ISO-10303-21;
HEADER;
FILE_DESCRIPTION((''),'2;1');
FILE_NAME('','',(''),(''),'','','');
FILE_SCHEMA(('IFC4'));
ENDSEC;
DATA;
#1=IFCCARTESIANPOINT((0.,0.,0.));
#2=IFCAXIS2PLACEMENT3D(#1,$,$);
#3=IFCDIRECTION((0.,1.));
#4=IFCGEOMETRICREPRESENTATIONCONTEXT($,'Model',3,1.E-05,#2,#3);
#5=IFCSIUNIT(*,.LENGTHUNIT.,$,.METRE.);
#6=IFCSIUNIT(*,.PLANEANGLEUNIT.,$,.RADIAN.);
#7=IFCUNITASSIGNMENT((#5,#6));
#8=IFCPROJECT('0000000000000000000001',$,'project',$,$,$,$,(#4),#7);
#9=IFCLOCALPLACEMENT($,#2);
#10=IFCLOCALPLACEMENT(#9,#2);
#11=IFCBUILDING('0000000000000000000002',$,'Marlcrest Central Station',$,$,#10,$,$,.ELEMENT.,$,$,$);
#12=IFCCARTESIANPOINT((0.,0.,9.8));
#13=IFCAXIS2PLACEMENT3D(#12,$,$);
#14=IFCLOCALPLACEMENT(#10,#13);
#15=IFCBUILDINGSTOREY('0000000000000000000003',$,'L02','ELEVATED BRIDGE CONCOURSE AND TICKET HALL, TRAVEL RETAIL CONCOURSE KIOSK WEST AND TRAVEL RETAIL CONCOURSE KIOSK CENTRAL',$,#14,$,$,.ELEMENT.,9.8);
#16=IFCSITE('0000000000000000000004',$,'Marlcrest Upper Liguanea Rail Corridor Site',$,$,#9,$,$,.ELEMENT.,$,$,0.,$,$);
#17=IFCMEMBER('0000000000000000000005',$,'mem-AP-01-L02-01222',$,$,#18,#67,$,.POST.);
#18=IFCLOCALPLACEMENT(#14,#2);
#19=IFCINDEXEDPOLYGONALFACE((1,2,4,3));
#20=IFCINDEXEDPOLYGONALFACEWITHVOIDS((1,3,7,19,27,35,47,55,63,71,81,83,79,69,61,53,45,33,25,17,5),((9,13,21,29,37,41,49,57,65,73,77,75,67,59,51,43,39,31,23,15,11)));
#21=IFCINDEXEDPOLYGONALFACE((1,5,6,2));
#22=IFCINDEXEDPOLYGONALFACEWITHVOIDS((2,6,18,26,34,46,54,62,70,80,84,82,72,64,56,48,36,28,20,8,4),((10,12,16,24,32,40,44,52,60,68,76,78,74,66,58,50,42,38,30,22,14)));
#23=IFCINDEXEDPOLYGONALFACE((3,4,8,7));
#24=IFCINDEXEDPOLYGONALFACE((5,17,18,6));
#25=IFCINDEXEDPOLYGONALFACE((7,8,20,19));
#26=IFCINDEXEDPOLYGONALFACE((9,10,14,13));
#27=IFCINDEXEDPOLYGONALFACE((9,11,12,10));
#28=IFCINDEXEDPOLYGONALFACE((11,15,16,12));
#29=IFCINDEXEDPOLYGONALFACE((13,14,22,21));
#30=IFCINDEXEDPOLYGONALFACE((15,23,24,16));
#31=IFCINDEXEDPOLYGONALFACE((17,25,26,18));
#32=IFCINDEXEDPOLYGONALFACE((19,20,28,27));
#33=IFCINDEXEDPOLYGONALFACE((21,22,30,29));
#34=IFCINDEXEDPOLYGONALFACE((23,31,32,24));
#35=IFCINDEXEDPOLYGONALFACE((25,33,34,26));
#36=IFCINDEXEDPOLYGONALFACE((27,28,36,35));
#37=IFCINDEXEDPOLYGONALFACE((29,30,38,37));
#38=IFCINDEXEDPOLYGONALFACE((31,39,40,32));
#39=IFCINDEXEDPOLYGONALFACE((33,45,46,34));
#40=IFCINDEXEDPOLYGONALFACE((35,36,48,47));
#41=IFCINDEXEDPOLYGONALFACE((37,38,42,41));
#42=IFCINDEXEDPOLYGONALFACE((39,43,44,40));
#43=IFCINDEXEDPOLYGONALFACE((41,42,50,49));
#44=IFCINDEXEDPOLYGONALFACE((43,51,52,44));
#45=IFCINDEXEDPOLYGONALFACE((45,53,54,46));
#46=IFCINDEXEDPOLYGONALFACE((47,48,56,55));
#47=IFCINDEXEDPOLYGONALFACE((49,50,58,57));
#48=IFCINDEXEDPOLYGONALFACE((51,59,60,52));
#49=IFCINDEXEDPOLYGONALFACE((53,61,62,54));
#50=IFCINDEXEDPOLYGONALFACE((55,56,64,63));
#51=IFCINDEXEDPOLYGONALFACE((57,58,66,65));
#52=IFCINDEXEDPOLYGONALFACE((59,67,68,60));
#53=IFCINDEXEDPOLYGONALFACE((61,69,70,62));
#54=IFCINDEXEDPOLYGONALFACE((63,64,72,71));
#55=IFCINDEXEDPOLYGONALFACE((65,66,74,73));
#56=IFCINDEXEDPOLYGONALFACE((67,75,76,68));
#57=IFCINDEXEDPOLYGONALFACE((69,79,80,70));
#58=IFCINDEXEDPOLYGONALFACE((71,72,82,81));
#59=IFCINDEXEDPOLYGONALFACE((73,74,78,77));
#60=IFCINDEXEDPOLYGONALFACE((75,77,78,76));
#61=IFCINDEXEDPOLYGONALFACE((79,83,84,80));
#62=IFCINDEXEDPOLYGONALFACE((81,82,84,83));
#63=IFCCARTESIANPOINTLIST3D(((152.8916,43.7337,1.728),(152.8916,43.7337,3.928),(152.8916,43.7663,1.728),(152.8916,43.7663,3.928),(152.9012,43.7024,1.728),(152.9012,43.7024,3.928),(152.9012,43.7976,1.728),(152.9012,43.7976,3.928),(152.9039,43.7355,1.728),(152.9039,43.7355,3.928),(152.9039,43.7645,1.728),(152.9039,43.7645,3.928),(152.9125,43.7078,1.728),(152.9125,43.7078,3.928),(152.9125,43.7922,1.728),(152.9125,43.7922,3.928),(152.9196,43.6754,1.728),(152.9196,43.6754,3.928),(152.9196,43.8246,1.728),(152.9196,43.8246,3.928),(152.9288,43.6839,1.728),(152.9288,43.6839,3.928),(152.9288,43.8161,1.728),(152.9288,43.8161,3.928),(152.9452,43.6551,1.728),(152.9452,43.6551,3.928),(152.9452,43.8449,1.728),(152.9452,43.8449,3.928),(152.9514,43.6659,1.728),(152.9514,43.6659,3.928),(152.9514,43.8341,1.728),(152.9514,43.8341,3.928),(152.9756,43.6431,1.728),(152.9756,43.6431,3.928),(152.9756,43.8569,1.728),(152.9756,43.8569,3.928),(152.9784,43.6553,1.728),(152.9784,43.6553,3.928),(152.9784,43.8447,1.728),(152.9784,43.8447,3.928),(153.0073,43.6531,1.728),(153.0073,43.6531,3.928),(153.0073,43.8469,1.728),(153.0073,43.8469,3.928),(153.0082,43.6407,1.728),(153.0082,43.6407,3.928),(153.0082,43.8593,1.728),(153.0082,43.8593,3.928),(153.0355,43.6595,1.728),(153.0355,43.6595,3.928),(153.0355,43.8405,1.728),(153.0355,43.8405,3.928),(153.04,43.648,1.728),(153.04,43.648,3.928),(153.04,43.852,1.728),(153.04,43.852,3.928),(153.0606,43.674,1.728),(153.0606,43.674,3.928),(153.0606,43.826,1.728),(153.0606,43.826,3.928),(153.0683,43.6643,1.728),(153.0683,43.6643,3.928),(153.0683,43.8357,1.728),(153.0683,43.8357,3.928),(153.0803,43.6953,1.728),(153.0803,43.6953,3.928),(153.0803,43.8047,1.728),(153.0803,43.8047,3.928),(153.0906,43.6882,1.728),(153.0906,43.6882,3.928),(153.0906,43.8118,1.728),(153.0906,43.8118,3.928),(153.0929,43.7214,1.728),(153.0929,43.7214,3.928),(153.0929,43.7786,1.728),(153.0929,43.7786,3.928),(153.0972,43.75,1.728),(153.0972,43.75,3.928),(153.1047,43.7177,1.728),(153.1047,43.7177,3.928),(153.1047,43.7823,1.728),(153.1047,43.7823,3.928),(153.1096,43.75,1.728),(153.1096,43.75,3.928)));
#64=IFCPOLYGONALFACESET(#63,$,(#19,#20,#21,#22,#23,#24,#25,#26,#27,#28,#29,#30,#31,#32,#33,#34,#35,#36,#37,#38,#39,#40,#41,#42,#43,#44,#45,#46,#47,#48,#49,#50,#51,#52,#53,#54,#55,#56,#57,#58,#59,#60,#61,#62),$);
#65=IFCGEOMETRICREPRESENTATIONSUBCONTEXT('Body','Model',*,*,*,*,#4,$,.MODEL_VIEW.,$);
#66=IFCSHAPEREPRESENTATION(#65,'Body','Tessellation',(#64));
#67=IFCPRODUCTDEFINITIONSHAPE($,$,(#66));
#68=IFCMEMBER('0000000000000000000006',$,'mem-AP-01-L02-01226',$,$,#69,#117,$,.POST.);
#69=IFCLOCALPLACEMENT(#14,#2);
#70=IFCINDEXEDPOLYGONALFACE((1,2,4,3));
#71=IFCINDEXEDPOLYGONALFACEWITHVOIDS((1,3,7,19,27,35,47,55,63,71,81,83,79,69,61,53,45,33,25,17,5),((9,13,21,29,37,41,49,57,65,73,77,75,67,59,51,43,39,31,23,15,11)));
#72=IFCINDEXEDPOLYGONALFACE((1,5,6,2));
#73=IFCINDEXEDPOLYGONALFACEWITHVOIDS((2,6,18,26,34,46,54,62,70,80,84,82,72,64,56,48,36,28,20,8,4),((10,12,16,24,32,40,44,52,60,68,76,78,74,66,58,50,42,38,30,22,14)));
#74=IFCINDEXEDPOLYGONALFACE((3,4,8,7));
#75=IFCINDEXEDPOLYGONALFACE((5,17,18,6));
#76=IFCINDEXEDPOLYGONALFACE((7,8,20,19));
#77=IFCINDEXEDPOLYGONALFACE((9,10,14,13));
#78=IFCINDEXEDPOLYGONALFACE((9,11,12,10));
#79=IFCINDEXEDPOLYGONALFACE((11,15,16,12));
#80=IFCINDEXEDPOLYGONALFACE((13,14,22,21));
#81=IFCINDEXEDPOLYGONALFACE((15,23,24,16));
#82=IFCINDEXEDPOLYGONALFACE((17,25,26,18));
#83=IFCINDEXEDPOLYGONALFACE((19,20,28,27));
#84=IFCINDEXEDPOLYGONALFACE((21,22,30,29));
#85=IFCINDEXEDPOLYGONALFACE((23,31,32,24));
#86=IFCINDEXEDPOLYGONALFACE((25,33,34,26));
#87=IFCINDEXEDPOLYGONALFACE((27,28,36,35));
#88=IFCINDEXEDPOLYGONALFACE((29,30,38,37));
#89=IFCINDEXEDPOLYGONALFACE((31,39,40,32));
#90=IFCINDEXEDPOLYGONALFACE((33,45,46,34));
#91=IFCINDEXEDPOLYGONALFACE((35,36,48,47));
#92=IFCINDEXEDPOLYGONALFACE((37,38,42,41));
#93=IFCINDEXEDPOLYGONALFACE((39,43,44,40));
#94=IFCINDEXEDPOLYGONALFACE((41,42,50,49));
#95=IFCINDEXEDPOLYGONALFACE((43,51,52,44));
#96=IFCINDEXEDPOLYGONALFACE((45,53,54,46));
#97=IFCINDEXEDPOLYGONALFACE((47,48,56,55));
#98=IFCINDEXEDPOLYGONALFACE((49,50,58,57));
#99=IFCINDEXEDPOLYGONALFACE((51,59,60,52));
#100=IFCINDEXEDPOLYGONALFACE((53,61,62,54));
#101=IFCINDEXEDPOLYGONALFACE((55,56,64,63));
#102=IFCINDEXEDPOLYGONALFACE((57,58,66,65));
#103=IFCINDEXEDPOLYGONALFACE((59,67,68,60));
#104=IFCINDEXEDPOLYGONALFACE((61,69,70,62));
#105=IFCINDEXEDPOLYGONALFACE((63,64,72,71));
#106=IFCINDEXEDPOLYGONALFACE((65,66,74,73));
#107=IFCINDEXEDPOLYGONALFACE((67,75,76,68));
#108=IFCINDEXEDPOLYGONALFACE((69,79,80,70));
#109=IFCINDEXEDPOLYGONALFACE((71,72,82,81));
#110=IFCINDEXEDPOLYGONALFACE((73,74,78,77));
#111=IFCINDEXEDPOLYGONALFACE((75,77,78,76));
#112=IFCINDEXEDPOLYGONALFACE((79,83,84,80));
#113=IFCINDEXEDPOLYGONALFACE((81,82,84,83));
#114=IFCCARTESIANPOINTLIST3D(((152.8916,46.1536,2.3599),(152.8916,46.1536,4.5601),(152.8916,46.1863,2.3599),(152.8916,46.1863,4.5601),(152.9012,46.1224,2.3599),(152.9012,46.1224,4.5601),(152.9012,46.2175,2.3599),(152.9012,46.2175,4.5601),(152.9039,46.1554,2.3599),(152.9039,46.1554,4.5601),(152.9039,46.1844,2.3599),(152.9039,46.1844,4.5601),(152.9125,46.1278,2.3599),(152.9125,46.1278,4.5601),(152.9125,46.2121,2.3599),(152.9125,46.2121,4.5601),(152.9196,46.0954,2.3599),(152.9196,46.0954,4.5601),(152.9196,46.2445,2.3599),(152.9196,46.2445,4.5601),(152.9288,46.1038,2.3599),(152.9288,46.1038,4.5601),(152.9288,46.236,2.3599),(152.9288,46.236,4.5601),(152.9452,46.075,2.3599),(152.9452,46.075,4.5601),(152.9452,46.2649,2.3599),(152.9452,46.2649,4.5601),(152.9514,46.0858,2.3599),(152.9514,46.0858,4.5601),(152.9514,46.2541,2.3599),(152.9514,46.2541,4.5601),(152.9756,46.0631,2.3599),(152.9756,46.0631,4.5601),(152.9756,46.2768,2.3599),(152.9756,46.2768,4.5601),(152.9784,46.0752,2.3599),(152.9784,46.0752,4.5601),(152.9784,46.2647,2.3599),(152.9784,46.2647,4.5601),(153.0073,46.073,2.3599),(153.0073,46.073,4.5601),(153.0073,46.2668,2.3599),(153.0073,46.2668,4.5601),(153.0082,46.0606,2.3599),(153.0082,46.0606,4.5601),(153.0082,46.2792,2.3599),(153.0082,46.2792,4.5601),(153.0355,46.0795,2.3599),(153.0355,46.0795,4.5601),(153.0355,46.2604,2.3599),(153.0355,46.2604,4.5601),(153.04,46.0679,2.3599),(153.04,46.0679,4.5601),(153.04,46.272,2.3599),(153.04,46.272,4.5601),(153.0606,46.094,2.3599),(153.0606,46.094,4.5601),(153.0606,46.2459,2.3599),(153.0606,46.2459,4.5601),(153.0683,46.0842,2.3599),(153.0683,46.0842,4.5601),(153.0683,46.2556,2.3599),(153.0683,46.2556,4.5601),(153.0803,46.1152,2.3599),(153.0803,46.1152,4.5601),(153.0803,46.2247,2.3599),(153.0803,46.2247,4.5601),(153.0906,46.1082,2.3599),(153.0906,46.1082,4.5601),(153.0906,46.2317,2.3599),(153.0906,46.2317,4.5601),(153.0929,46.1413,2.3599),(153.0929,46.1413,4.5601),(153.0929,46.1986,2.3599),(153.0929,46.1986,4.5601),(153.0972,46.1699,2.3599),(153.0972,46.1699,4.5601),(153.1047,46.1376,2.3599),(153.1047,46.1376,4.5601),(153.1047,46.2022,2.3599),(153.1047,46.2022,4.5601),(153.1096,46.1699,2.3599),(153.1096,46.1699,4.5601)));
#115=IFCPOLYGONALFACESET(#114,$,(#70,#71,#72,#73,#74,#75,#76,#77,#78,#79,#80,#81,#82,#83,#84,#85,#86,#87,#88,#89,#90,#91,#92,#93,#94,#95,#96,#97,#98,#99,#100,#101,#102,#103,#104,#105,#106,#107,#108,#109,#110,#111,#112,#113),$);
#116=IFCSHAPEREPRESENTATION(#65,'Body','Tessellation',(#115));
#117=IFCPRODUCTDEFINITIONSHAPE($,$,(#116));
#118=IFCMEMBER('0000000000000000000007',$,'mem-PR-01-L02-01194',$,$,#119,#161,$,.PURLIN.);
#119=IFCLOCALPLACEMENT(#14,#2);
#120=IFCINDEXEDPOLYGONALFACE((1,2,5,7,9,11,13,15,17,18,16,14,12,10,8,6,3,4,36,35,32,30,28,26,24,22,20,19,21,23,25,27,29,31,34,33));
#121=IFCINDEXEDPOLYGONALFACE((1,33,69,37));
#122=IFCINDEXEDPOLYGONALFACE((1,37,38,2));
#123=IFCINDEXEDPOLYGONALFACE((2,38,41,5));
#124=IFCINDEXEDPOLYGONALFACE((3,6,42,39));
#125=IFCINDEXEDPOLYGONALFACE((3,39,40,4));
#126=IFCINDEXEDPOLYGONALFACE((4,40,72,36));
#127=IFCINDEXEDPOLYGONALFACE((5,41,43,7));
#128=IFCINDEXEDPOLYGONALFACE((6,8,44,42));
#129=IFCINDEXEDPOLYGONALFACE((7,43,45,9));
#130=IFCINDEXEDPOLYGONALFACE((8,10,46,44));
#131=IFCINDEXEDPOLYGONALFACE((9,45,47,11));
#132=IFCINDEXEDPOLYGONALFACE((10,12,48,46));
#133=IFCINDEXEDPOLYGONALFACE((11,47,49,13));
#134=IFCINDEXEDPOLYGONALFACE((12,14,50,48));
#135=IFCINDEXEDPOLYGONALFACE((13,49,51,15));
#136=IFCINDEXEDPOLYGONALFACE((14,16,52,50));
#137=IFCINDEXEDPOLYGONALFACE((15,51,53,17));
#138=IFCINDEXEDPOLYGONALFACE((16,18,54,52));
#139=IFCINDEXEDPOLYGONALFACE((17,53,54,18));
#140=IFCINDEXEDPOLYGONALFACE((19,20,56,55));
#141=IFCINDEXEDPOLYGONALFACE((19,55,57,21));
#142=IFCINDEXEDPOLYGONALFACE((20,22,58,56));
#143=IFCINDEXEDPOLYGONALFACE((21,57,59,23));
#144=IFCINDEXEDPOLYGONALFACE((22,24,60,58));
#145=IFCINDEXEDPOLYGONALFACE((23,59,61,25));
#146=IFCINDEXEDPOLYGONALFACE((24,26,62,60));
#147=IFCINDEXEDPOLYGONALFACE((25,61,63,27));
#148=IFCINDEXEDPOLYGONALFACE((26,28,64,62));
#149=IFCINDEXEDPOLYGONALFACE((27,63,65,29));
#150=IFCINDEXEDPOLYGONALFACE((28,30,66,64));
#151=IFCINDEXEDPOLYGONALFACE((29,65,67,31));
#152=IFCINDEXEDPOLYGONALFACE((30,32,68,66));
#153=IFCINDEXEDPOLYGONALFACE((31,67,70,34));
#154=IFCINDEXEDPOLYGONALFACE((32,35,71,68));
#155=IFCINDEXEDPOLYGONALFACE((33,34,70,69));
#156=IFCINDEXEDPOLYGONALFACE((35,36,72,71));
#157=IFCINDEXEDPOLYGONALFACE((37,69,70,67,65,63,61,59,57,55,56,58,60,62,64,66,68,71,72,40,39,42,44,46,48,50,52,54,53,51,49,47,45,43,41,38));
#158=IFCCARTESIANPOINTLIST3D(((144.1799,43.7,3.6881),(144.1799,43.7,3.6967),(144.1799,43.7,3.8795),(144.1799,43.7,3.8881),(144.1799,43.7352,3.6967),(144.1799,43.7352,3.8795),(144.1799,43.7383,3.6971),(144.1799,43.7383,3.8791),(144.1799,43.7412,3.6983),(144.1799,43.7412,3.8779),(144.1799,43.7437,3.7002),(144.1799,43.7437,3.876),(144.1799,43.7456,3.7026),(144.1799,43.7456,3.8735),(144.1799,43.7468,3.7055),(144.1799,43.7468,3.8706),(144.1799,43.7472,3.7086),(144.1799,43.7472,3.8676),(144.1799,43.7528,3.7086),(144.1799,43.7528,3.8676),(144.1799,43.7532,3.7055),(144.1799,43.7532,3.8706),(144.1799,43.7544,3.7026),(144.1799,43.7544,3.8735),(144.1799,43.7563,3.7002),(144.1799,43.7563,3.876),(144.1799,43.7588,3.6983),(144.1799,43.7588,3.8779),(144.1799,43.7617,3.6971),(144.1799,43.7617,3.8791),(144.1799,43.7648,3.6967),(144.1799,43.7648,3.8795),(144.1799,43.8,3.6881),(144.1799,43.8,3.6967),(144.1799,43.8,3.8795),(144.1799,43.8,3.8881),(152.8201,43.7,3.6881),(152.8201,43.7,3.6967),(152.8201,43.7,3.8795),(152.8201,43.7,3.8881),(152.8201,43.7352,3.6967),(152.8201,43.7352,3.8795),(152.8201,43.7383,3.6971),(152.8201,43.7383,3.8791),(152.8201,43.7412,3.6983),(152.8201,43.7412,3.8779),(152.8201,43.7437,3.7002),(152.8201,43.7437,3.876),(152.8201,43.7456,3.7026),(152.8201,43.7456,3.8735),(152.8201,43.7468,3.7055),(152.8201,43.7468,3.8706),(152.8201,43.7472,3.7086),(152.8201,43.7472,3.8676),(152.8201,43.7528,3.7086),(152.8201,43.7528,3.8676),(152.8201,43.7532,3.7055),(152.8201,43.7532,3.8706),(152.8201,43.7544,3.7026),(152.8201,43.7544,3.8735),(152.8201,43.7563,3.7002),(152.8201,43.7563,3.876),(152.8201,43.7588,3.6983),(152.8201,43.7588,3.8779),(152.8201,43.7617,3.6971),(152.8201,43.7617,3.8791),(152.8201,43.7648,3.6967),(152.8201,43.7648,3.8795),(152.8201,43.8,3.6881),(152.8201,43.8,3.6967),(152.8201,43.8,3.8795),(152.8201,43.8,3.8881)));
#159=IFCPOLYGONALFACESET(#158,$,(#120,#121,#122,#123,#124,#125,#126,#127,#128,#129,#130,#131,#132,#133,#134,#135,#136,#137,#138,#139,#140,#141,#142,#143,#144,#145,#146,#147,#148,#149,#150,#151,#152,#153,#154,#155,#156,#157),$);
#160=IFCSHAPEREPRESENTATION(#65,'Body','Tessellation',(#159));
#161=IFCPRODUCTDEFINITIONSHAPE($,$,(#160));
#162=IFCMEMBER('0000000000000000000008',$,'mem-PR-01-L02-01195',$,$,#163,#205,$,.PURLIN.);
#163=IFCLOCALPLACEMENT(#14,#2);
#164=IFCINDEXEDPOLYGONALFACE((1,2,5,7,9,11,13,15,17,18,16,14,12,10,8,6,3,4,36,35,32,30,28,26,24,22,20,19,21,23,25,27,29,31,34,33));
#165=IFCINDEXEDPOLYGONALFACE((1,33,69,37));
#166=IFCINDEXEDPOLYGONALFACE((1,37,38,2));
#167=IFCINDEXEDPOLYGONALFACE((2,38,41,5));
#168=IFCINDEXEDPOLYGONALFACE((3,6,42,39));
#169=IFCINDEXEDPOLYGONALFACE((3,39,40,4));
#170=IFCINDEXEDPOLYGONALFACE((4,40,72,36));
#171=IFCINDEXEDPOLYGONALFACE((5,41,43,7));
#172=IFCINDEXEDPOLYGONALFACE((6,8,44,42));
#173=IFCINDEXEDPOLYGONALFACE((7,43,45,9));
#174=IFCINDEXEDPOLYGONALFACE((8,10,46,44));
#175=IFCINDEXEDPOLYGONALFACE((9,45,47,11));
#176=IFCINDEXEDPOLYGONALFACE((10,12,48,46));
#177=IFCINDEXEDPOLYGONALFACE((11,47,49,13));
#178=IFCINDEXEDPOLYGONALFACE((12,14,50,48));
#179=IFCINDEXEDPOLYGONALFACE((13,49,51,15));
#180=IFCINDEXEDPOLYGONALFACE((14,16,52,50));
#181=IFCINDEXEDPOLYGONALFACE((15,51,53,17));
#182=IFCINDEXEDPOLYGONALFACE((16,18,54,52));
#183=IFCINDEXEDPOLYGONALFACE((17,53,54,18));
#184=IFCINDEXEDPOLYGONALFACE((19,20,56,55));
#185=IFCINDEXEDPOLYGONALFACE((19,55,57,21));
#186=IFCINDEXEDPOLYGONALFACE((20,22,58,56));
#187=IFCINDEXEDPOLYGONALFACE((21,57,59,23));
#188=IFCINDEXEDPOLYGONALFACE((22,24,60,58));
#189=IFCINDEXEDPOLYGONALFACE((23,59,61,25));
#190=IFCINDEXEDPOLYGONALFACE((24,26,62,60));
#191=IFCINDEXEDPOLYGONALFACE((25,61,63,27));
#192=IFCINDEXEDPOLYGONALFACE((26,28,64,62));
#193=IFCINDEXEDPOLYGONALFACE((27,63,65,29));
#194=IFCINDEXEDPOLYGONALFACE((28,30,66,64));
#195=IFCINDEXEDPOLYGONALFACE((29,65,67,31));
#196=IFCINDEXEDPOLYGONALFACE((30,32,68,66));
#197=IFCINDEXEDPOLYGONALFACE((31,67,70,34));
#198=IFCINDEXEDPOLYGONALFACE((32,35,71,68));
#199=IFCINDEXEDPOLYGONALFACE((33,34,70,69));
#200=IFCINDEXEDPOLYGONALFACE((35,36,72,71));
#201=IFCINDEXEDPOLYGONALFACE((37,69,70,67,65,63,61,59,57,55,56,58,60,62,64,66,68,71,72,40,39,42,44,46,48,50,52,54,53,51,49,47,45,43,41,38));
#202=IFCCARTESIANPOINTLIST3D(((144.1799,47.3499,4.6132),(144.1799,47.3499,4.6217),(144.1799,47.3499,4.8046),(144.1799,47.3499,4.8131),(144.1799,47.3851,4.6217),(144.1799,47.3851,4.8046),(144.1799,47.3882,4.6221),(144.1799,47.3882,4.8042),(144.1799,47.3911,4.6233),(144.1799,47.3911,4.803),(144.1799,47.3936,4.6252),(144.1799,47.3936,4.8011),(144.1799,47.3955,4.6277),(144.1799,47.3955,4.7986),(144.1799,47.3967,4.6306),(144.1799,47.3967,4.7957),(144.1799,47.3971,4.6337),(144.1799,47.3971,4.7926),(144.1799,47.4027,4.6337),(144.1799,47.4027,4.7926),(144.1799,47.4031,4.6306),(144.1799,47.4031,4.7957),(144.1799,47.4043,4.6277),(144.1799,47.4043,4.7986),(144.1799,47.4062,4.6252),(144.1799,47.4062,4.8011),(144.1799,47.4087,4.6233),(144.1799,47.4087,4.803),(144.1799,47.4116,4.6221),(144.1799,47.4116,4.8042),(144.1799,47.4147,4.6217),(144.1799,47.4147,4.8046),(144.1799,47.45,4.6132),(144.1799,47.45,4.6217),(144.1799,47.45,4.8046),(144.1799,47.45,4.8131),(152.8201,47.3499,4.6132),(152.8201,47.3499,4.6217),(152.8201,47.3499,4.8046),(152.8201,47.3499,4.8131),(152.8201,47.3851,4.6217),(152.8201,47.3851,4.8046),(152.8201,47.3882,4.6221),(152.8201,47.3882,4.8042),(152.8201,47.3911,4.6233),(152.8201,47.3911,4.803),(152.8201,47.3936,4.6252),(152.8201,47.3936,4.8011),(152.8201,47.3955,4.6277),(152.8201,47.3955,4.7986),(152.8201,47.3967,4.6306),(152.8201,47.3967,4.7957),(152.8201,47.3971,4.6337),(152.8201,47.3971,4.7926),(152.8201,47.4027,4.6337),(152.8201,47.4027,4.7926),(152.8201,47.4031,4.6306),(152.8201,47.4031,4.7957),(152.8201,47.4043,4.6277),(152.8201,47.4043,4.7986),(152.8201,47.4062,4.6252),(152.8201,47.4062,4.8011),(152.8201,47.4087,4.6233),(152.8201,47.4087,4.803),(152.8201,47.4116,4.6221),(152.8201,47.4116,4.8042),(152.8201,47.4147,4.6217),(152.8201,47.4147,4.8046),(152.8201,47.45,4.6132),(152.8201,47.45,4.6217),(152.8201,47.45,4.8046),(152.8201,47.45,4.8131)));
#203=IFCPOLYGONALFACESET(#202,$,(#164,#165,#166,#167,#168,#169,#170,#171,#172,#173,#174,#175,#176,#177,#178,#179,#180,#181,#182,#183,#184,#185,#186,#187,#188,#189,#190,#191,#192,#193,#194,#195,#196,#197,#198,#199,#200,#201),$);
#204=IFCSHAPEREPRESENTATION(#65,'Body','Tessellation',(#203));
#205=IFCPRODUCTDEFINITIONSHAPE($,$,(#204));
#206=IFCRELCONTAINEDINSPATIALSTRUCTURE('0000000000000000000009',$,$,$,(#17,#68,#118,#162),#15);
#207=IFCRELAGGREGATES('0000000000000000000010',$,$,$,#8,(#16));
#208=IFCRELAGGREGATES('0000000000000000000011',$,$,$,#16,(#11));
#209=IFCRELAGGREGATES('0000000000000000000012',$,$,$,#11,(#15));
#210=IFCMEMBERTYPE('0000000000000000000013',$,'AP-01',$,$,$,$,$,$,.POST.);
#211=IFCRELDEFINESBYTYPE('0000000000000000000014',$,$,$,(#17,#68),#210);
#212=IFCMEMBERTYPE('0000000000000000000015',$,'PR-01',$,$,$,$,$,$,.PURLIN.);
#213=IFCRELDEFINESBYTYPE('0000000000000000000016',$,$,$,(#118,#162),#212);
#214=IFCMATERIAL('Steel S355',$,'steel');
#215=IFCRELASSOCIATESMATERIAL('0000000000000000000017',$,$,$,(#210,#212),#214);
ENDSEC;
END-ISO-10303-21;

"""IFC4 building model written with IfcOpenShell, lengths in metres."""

from ifc_helpers import new_model, si_unit, direction, frame, origin, origin_2d, place, context, subcontext, project, spatial, hollow_circle, i_section, extrude, material, material_profile, profile_set, type_object, element, save


model = new_model("IFC4")

# Units and contexts
model_context = context("Model", 3, precision=1e-05, world=origin(), true_north=direction((0.0, 1.0)))
body_context = subcontext(model_context, "Body", "Model", "MODEL_VIEW")
ifc_project = project(units=[si_unit("LENGTHUNIT", "METRE"), si_unit("PLANEANGLEUNIT", "RADIAN")], contexts=[model_context])

# Site, building, storey
site_placement = place(None, origin())
site = spatial("IfcSite", under=ifc_project, at=site_placement, Name="Marlcrest Upper Liguanea Rail Corridor Site", CompositionType="ELEMENT", RefElevation=0.0)
building_placement = place(site_placement, origin())
building = spatial("IfcBuilding", under=site, at=building_placement, Name="Marlcrest Central Station", CompositionType="ELEMENT")
storey_placement = place(building_placement, frame((0.0, 0.0, 9.8)))
storey = spatial("IfcBuildingStorey", under=building, at=storey_placement, Name="L02", Description="ELEVATED BRIDGE CONCOURSE AND TICKET HALL, TRAVEL RETAIL CONCOURSE KIOSK WEST AND TRAVEL RETAIL CONCOURSE KIOSK CENTRAL", CompositionType="ELEMENT", Elevation=9.8)

# Members
ifc_material_1 = material(Name="Steel S355", Category="steel")
ifc_material_profile_1 = material_profile(ifc_material_1, hollow_circle(Radius=0.1096, WallThickness=0.0125, at=origin_2d()), Name="CHS 219.1x12.5")
ifc_profile_set_1 = profile_set([ifc_material_profile_1], Name="Steel S355")
member_type_1 = type_object("IfcMemberType", Name="AP-01", PredefinedType="POST", material=ifc_profile_set_1)
member_1_placement = place(storey_placement, frame((153.0, 43.75, 1.728), z_axis=(0.0, 0.0, 1.0), x_axis=(1.0, 0.0, 0.0)))
element("IfcMember", 1, at=member_1_placement, inside=storey, type_object=member_type_1, Name="mem-AP-01-L02-01222", PredefinedType="POST", context=body_context, shape_type="SweptSolid", body=[
    extrude(hollow_circle(Radius=0.1096, WallThickness=0.0125, at=origin_2d()), origin(), (0.0, 0.0, 1.0), 2.2),
])
member_2_placement = place(storey_placement, frame((153.0, 46.1699, 2.3599), z_axis=(0.0, 0.0, 1.0), x_axis=(1.0, 0.0, 0.0)))
element("IfcMember", 2, at=member_2_placement, inside=storey, type_object=member_type_1, Name="mem-AP-01-L02-01226", PredefinedType="POST", context=body_context, shape_type="SweptSolid", body=[
    extrude(hollow_circle(Radius=0.1096, WallThickness=0.0125, at=origin_2d()), origin(), (0.0, 0.0, 1.0), 2.2002),
])
ifc_material_profile_2 = material_profile(ifc_material_1, i_section(OverallWidth=0.1001, OverallDepth=0.2, WebThickness=0.0056, FlangeThickness=0.0085, FilletRadius=0.012, at=origin_2d()), Name="IPE 200")
ifc_profile_set_2 = profile_set([ifc_material_profile_2], Name="Steel S355")
member_type_2 = type_object("IfcMemberType", Name="PR-01", PredefinedType="PURLIN", material=ifc_profile_set_2)
for number, where, z_axis, x_axis, name in (
    (3, (144.1799, 43.75, 3.7881), (1.0, 0.0, 0.0), (0.0, 1.0, 0.0), "mem-PR-01-L02-01194"),
    (4, (144.1799, 47.3999, 4.7131), (1.0, 0.0, 0.0), (0.0, 1.0, 0.0), "mem-PR-01-L02-01195"),
):
    element("IfcMember", number, at=place(storey_placement, frame(where, z_axis=z_axis, x_axis=x_axis)), inside=storey, type_object=member_type_2, Name=name, PredefinedType="PURLIN", context=body_context, shape_type="SweptSolid", body=[
        extrude(i_section(OverallWidth=0.1001, OverallDepth=0.2, WebThickness=0.0056, FlangeThickness=0.0085, FilletRadius=0.012, at=origin_2d()), origin(), (0.0, 0.0, 1.0), 8.6401),
    ])

save(model, "model.ifc")
